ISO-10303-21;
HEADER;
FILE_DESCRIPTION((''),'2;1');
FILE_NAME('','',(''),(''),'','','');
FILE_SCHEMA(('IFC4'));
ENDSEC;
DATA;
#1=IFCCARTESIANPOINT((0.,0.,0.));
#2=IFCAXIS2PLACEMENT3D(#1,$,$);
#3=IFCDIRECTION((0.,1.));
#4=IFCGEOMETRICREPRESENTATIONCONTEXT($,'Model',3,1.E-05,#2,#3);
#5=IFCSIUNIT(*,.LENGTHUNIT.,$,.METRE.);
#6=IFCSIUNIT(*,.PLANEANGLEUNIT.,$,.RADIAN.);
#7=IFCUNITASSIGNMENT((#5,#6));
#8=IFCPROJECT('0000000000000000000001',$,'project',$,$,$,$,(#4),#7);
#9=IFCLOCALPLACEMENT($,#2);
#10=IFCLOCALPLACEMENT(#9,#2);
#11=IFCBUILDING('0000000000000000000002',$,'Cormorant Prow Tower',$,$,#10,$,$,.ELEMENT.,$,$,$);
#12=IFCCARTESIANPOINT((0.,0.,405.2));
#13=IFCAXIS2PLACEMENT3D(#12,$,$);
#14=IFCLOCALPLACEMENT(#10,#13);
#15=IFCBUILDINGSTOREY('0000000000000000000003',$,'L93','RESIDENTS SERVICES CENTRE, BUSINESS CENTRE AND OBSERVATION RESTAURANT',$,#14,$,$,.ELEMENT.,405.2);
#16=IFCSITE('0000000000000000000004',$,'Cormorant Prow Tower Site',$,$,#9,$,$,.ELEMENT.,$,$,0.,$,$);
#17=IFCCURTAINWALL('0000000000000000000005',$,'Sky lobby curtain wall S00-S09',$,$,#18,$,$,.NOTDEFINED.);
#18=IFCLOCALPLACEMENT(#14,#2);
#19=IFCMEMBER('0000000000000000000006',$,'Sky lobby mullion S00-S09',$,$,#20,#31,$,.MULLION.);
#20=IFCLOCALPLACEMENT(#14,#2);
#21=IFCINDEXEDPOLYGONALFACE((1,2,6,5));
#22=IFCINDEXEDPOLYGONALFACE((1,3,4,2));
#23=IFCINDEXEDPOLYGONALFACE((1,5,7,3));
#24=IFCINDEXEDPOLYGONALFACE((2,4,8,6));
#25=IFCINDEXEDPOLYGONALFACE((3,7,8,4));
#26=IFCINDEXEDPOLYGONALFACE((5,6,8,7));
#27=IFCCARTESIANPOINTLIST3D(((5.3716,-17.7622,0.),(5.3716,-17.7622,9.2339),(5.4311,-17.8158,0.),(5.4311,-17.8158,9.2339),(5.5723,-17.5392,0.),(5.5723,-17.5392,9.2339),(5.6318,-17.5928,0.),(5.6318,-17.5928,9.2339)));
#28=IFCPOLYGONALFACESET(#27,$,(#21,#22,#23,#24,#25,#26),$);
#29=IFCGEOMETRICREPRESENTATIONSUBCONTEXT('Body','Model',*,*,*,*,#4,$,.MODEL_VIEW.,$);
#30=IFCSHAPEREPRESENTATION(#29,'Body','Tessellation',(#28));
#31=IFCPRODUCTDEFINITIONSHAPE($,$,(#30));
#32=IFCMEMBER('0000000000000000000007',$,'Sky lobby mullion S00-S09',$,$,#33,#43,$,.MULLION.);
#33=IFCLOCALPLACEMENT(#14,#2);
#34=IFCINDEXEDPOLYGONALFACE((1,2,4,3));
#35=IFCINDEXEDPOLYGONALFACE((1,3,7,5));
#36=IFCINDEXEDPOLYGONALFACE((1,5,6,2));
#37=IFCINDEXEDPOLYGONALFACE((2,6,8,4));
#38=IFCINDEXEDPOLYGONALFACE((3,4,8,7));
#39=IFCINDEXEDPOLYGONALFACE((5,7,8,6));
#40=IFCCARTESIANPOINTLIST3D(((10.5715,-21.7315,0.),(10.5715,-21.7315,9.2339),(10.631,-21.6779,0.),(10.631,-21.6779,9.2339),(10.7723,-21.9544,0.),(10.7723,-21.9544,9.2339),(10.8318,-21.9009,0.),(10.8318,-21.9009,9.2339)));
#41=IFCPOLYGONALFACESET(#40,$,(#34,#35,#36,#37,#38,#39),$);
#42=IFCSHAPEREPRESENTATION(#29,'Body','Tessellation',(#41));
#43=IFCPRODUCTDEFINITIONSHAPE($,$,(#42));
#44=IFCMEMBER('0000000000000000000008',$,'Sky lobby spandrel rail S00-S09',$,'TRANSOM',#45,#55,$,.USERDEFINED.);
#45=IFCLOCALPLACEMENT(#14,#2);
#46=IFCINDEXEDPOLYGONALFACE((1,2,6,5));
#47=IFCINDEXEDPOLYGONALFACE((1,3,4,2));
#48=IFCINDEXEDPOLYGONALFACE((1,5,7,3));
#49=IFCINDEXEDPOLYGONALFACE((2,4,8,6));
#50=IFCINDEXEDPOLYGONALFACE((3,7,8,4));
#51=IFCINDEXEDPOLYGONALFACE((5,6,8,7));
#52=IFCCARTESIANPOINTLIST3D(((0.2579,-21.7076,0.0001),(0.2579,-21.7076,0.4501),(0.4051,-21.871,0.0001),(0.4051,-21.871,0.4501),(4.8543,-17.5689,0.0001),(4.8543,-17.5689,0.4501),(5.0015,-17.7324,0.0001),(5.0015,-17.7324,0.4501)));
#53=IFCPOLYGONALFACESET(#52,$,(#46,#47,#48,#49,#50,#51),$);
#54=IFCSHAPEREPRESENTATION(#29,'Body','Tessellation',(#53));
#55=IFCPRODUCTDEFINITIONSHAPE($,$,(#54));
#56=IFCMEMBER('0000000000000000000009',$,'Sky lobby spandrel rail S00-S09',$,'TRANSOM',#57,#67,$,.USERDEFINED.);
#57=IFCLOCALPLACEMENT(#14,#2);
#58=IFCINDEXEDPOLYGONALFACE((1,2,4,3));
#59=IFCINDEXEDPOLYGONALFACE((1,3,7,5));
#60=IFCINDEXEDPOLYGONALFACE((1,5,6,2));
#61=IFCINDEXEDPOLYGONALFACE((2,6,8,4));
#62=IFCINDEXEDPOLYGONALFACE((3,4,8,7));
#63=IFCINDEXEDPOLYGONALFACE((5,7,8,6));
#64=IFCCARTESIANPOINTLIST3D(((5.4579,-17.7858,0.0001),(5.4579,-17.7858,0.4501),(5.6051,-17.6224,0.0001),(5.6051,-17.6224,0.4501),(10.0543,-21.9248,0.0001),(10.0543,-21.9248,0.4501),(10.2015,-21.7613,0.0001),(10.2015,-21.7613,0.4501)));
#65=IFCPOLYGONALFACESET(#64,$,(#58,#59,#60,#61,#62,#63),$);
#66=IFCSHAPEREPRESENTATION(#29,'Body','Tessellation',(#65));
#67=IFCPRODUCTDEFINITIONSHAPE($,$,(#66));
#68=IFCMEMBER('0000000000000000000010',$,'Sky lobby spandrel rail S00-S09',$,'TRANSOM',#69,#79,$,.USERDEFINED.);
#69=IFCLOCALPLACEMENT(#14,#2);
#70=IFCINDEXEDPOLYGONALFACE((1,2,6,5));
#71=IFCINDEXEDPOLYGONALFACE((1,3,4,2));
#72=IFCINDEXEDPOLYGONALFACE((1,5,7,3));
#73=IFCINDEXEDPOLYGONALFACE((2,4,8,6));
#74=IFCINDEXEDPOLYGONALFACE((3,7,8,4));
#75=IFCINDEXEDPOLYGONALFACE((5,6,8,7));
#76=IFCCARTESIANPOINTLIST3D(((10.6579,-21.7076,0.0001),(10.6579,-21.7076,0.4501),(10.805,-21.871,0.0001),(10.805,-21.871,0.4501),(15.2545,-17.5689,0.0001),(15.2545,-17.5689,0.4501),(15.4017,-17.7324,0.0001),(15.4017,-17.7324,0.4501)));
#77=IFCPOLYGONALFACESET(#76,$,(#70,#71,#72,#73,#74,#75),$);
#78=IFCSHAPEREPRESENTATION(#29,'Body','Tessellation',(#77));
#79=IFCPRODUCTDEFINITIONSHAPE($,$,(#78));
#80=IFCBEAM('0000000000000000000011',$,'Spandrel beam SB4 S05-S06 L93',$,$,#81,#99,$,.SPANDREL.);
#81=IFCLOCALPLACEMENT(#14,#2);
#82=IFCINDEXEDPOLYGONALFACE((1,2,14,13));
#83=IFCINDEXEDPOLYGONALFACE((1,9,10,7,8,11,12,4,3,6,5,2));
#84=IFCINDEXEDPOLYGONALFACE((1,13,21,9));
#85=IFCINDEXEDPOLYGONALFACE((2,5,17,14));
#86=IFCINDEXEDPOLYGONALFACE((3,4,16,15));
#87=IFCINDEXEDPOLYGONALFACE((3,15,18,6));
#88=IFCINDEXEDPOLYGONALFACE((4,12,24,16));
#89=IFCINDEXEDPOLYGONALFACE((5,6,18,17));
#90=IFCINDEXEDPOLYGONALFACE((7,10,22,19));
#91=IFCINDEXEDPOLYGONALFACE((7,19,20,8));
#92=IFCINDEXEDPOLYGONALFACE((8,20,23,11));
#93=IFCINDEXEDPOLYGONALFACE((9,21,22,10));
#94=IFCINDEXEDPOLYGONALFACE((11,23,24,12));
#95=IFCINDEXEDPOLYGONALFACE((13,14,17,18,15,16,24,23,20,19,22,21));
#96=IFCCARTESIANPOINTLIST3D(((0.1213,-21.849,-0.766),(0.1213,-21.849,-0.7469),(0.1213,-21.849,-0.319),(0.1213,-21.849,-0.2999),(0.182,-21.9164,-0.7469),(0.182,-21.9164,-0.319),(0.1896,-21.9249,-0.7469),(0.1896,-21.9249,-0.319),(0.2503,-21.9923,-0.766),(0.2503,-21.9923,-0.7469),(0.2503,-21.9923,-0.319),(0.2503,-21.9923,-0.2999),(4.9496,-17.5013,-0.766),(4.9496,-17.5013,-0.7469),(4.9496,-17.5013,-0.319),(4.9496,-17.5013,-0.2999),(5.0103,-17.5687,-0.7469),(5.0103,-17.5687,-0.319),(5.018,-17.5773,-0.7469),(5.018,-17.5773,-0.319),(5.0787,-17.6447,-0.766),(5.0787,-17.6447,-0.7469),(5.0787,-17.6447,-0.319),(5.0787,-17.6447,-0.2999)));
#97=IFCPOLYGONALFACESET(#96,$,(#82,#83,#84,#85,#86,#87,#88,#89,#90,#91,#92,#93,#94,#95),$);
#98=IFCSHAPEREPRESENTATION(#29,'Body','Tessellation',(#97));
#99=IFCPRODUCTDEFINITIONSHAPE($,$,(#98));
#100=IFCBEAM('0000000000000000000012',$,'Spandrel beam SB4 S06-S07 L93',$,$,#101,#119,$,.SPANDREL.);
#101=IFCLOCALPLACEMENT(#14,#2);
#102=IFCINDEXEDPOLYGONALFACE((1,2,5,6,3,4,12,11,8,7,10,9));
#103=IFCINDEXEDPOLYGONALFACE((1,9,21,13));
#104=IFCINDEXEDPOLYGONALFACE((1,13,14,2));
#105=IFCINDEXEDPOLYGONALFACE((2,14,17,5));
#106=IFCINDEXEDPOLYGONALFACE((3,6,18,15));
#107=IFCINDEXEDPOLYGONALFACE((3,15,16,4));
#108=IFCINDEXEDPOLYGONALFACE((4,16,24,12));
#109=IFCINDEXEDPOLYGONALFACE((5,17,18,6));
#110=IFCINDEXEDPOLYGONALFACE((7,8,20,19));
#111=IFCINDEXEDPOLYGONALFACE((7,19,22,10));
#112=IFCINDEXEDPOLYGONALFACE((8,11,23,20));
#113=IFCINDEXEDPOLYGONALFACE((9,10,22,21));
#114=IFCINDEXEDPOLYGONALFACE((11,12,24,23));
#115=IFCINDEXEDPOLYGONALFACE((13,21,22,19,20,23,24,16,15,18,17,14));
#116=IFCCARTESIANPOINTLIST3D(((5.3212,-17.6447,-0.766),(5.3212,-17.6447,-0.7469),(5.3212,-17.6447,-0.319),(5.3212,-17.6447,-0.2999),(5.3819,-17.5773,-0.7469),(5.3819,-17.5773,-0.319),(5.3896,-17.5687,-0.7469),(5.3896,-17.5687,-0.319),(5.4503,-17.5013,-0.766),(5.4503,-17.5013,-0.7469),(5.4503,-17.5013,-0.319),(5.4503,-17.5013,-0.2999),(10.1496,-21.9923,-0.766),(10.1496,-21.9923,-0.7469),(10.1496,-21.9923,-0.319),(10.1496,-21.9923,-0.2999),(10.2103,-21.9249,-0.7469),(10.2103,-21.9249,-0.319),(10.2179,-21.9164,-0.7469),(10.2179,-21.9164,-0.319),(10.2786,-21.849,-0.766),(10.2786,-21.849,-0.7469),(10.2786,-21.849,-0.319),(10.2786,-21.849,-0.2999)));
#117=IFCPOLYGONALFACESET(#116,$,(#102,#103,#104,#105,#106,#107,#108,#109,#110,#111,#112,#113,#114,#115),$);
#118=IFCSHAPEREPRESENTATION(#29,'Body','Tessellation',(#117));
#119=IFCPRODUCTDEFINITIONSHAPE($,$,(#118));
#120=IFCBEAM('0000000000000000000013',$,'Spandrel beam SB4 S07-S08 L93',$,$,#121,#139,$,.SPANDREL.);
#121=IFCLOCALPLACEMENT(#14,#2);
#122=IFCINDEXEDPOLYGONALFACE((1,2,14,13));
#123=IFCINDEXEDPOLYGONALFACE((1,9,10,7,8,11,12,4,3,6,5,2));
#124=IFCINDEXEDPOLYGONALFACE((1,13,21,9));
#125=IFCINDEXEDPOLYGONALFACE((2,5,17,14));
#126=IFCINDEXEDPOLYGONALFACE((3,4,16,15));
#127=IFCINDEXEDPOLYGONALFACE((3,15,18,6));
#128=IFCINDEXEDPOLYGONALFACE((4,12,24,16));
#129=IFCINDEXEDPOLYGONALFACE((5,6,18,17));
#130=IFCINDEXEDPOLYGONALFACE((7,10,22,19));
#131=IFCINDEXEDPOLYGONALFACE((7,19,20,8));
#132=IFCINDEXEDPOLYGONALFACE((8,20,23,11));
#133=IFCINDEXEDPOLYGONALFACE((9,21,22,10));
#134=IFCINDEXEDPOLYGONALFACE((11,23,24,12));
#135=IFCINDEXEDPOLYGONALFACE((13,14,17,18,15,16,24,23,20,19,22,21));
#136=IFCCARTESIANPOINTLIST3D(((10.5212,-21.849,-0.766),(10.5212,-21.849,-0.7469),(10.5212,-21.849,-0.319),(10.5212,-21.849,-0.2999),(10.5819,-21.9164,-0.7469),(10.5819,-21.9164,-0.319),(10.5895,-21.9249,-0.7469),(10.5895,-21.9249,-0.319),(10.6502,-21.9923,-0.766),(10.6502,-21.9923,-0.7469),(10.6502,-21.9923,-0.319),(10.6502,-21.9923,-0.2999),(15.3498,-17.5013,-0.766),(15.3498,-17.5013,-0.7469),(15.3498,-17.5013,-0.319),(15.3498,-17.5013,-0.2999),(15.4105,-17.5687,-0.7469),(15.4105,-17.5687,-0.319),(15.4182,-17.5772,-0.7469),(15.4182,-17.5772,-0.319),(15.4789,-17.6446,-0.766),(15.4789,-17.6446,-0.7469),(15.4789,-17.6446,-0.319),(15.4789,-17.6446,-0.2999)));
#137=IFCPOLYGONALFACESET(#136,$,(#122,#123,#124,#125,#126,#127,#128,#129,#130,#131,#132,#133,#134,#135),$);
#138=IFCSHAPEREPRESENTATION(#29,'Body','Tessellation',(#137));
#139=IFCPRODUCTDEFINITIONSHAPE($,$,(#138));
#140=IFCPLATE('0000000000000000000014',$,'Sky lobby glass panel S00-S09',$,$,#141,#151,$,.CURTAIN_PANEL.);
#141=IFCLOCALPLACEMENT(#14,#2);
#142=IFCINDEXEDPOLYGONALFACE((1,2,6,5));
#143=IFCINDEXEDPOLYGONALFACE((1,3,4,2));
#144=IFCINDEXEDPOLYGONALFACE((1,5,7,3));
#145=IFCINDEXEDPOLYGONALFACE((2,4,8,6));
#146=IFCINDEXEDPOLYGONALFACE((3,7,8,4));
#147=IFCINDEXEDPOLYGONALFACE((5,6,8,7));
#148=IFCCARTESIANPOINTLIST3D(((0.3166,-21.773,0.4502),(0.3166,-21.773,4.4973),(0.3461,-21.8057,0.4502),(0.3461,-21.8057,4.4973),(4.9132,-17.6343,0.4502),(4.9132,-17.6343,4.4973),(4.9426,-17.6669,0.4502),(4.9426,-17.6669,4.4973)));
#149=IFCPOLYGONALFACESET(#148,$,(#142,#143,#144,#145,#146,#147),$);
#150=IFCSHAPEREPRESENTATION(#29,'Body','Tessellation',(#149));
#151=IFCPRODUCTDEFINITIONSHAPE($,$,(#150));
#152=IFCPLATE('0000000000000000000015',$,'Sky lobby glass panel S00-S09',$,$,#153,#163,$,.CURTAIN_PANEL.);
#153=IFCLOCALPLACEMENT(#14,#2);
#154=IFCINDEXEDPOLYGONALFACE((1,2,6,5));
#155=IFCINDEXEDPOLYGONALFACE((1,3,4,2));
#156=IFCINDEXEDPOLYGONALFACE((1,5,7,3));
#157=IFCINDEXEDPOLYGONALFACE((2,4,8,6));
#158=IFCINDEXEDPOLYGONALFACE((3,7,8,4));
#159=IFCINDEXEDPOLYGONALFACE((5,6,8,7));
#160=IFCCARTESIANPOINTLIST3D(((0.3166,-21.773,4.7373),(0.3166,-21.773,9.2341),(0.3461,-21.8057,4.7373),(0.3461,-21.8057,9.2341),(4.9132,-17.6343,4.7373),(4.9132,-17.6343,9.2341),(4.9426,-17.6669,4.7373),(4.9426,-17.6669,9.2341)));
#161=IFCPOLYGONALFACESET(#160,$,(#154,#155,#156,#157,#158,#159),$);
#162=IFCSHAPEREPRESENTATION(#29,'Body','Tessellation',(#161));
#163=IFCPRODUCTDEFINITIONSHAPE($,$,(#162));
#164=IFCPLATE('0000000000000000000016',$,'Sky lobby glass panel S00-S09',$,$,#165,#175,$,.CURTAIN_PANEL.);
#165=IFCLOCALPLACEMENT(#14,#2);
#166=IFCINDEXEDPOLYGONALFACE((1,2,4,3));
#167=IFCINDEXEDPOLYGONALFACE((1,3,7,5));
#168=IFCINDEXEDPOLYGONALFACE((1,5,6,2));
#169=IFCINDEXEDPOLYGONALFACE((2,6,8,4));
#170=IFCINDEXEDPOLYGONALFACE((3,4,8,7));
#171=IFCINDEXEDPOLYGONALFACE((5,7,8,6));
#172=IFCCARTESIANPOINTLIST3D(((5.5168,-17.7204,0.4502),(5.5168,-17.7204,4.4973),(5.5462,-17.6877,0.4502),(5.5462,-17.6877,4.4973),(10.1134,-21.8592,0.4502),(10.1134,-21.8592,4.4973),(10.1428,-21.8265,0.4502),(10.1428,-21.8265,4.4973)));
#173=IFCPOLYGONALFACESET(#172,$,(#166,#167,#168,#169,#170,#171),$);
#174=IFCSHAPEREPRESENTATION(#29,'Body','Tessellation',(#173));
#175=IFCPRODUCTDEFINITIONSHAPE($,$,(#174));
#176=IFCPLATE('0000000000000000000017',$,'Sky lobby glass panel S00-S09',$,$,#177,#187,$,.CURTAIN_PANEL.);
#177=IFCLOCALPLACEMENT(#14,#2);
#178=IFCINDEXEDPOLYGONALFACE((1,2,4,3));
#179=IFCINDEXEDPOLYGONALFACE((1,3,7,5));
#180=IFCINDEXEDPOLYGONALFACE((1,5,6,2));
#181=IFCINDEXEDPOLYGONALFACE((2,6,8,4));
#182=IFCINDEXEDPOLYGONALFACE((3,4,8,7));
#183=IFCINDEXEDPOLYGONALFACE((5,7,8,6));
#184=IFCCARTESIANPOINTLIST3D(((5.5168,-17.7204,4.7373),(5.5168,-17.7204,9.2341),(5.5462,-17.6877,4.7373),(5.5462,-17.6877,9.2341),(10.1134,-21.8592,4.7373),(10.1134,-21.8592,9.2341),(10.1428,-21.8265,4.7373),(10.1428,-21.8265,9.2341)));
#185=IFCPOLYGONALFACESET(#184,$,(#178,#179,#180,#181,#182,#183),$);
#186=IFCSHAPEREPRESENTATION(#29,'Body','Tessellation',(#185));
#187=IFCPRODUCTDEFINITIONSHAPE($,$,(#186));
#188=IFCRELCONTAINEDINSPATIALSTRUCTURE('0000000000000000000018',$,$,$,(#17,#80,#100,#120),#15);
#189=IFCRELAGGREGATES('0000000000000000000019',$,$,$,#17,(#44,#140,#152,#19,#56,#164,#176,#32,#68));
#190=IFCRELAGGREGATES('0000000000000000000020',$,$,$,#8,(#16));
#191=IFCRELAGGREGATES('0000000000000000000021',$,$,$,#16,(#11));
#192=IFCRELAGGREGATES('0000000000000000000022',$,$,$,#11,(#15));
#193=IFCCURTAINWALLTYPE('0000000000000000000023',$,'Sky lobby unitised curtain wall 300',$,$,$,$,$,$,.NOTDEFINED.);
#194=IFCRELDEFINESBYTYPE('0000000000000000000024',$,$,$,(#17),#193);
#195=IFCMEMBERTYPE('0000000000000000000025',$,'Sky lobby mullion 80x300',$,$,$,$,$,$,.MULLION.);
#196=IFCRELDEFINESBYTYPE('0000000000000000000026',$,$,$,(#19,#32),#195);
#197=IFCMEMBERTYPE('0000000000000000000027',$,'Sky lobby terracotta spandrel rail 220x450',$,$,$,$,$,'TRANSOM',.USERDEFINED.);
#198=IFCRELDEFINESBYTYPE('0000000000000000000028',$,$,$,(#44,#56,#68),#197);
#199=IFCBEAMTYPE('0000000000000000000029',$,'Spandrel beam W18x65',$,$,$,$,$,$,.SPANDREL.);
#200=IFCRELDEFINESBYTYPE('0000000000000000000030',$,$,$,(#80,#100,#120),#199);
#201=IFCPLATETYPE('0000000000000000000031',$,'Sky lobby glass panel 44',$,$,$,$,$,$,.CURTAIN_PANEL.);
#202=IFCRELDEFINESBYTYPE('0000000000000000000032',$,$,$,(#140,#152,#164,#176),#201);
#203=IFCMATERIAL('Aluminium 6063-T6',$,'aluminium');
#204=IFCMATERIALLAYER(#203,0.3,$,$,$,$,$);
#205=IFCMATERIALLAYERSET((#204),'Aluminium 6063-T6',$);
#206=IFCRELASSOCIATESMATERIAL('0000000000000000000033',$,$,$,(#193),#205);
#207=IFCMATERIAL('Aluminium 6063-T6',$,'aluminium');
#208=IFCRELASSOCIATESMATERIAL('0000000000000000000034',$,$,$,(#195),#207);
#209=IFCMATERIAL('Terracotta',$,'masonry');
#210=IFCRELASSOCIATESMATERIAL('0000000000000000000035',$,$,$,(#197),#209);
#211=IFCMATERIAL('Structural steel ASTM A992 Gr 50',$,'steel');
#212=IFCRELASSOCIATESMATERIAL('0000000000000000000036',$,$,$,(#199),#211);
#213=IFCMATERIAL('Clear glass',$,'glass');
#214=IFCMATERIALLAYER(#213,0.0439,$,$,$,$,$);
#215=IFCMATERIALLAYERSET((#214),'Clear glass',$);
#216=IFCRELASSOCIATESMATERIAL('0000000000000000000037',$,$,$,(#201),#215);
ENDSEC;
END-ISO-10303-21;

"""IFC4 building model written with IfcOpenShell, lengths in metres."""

from ifc_helpers import new_model, si_unit, direction, frame, origin, origin_2d, place, context, subcontext, project, spatial, rectangle, i_section, extrude, material, layer, layer_set, material_profile, profile_set, type_object, element, aggregate, save


model = new_model("IFC4")

# Units and contexts
model_context = context("Model", 3, precision=1e-05, world=origin(), true_north=direction((0.0, 1.0)))
body_context = subcontext(model_context, "Body", "Model", "MODEL_VIEW")
ifc_project = project(units=[si_unit("LENGTHUNIT", "METRE"), si_unit("PLANEANGLEUNIT", "RADIAN")], contexts=[model_context])

# Site, building, storey
site_placement = place(None, origin())
site = spatial("IfcSite", under=ifc_project, at=site_placement, Name="Cormorant Prow Tower Site", CompositionType="ELEMENT", RefElevation=0.0)
building_placement = place(site_placement, origin())
building = spatial("IfcBuilding", under=site, at=building_placement, Name="Cormorant Prow Tower", CompositionType="ELEMENT")
storey_placement = place(building_placement, frame((0.0, 0.0, 405.2)))
storey = spatial("IfcBuildingStorey", under=building, at=storey_placement, Name="L93", Description="RESIDENTS SERVICES CENTRE, BUSINESS CENTRE AND OBSERVATION RESTAURANT", CompositionType="ELEMENT", Elevation=405.2)

# Curtain wall, members
ifc_material_1 = material(Name="Aluminium 6063-T6", Category="aluminium")
ifc_layer_1 = layer(ifc_material_1, 0.3)
ifc_layer_set_1 = layer_set([ifc_layer_1], Name="Aluminium 6063-T6")
curtain_wall_type = type_object("IfcCurtainWallType", Name="Sky lobby unitised curtain wall 300", PredefinedType="NOTDEFINED", material=ifc_layer_set_1)
curtain_wall_placement = place(storey_placement, origin())
curtain_wall = element("IfcCurtainWall", 1, at=curtain_wall_placement, inside=storey, type_object=curtain_wall_type, Name="Sky lobby curtain wall S00-S09", PredefinedType="NOTDEFINED")
ifc_material_2 = material(Name="Aluminium 6063-T6", Category="aluminium")
ifc_material_profile_1 = material_profile(ifc_material_2, rectangle(XDim=0.3, YDim=0.0801, at=origin_2d()), Name="Sky lobby mullion 80x300")
ifc_profile_set_1 = profile_set([ifc_material_profile_1], Name="Aluminium 6063-T6")
member_type_1 = type_object("IfcMemberType", Name="Sky lobby mullion 80x300", PredefinedType="MULLION", material=ifc_profile_set_1)
member_1_placement = place(storey_placement, frame((5.5017, -17.6775, 0.0), z_axis=(0.0, 0.0, 1.0), x_axis=(0.669131, 0.743145, 0.0)))
member_1 = element("IfcMember", 2, at=member_1_placement, type_object=member_type_1, Name="Sky lobby mullion S00-S09", PredefinedType="MULLION", context=body_context, shape_type="SweptSolid", body=[
    extrude(rectangle(XDim=0.3, YDim=0.0801, at=origin_2d()), origin(), (0.0, 0.0, 1.0), 9.2339),
])
member_2_placement = place(storey_placement, frame((10.7017, -21.8162, 0.0), z_axis=(0.0, 0.0, 1.0), x_axis=(-0.669131, 0.743145, 0.0)))
member_2 = element("IfcMember", 3, at=member_2_placement, type_object=member_type_1, Name="Sky lobby mullion S00-S09", PredefinedType="MULLION", context=body_context, shape_type="SweptSolid", body=[
    extrude(rectangle(XDim=0.3, YDim=0.0801, at=origin_2d()), origin(), (0.0, 0.0, 1.0), 9.2339),
])
ifc_material_3 = material(Name="Terracotta", Category="masonry")
ifc_material_profile_2 = material_profile(ifc_material_3, rectangle(XDim=0.22, YDim=0.45, at=origin_2d()), Name="Sky lobby terracotta spandrel rail 220x450")
ifc_profile_set_2 = profile_set([ifc_material_profile_2], Name="Terracotta")
member_type_2 = type_object("IfcMemberType", Name="Sky lobby terracotta spandrel rail 220x450", ElementType="TRANSOM", PredefinedType="USERDEFINED", material=ifc_profile_set_2)
member_3_placement = place(storey_placement, frame((0.3315, -21.7893, 0.2251), z_axis=(0.743143, 0.669133, 0.0), x_axis=(-0.669133, 0.743143, 0.0)))
member_3 = element("IfcMember", 4, at=member_3_placement, type_object=member_type_2, Name="Sky lobby spandrel rail S00-S09", ObjectType="TRANSOM", PredefinedType="USERDEFINED", context=body_context, shape_type="SweptSolid", body=[
    extrude(rectangle(XDim=0.22, YDim=0.45, at=origin_2d()), origin(), (0.0, 0.0, 1.0), 6.1851),
])
member_4_placement = place(storey_placement, frame((5.5315, -17.7041, 0.2251), z_axis=(0.743123, -0.669154, 0.0), x_axis=(0.669154, 0.743123, 0.0)))
member_4 = element("IfcMember", 5, at=member_4_placement, type_object=member_type_2, Name="Sky lobby spandrel rail S00-S09", ObjectType="TRANSOM", PredefinedType="USERDEFINED", context=body_context, shape_type="SweptSolid", body=[
    extrude(rectangle(XDim=0.22, YDim=0.45, at=origin_2d()), origin(), (0.0, 0.0, 1.0), 6.1853),
])
member_5_placement = place(storey_placement, frame((10.7314, -21.7893, 0.2251), z_axis=(0.743161, 0.669113, 0.0), x_axis=(-0.669113, 0.743161, 0.0)))
member_5 = element("IfcMember", 6, at=member_5_placement, type_object=member_type_2, Name="Sky lobby spandrel rail S00-S09", ObjectType="TRANSOM", PredefinedType="USERDEFINED", context=body_context, shape_type="SweptSolid", body=[
    extrude(rectangle(XDim=0.22, YDim=0.45, at=origin_2d()), origin(), (0.0, 0.0, 1.0), 6.1853),
])

# Beams
ifc_material_4 = material(Name="Structural steel ASTM A992 Gr 50", Category="steel")
ifc_material_profile_3 = material_profile(ifc_material_4, i_section(OverallWidth=0.1929, OverallDepth=0.4661, WebThickness=0.0115, FlangeThickness=0.019, at=origin_2d()), Name="W18x65")
ifc_profile_set_3 = profile_set([ifc_material_profile_3], Name="Structural steel ASTM A992 Gr 50")
beam_type_1 = type_object("IfcBeamType", Name="Spandrel beam W18x65", PredefinedType="SPANDREL", material=ifc_profile_set_3)
for number, where, z_axis, x_axis, name in (
    (7, (0.1858, -21.9207, -0.533), (0.743132, 0.669145, 0.0), (-0.669145, 0.743132, 0.0), "Spandrel beam SB4 S05-S06 L93"),
    (8, (5.3857, -17.573, -0.533), (0.743132, -0.669145, 0.0), (0.669145, 0.743132, 0.0), "Spandrel beam SB4 S06-S07 L93"),
):
    element("IfcBeam", number, at=place(storey_placement, frame(where, z_axis=z_axis, x_axis=x_axis)), inside=storey, type_object=beam_type_1, Name=name, PredefinedType="SPANDREL", context=body_context, shape_type="SweptSolid", body=[
        extrude(i_section(OverallWidth=0.1929, OverallDepth=0.4661, WebThickness=0.0115, FlangeThickness=0.019, at=origin_2d()), origin(), (0.0, 0.0, 1.0), 6.4973),
    ])
beam_1_placement = place(storey_placement, frame((10.5857, -21.9207, -0.533), z_axis=(0.743148, 0.669127, 0.0), x_axis=(-0.669127, 0.743148, 0.0)))
element("IfcBeam", 9, at=beam_1_placement, inside=storey, type_object=beam_type_1, Name="Spandrel beam SB4 S07-S08 L93", PredefinedType="SPANDREL", context=body_context, shape_type="SweptSolid", body=[
    extrude(i_section(OverallWidth=0.1929, OverallDepth=0.4661, WebThickness=0.0115, FlangeThickness=0.019, at=origin_2d()), origin(), (0.0, 0.0, 1.0), 6.4976),
])

# Plates
ifc_material_5 = material(Name="Clear glass", Category="glass")
ifc_layer_2 = layer(ifc_material_5, 0.0439)
ifc_layer_set_2 = layer_set([ifc_layer_2], Name="Clear glass")
plate_type = type_object("IfcPlateType", Name="Sky lobby glass panel 44", PredefinedType="CURTAIN_PANEL", material=ifc_layer_set_2)
plate_1_placement = place(storey_placement, frame((2.6296, -19.72, 0.4502), z_axis=(0.0, 0.0, 1.0), x_axis=(0.743145, 0.669131, 0.0)))
plate_1 = element("IfcPlate", 10, at=plate_1_placement, type_object=plate_type, Name="Sky lobby glass panel S00-S09", PredefinedType="CURTAIN_PANEL", context=body_context, shape_type="SweptSolid", body=[
    extrude(rectangle(XDim=6.1853, YDim=0.0439, at=origin_2d()), origin(), (0.0, 0.0, 1.0), 4.0471),
])
plate_2_placement = place(storey_placement, frame((2.6296, -19.72, 4.7373), z_axis=(0.0, 0.0, 1.0), x_axis=(0.743145, 0.669131, 0.0)))
plate_2 = element("IfcPlate", 11, at=plate_2_placement, type_object=plate_type, Name="Sky lobby glass panel S00-S09", PredefinedType="CURTAIN_PANEL", context=body_context, shape_type="SweptSolid", body=[
    extrude(rectangle(XDim=6.1853, YDim=0.0439, at=origin_2d()), origin(), (0.0, 0.0, 1.0), 4.4968),
])
plate_3_placement = place(storey_placement, frame((7.8298, -19.7734, 0.4502), z_axis=(0.0, 0.0, 1.0), x_axis=(0.743145, -0.669131, 0.0)))
plate_3 = element("IfcPlate", 12, at=plate_3_placement, type_object=plate_type, Name="Sky lobby glass panel S00-S09", PredefinedType="CURTAIN_PANEL", context=body_context, shape_type="SweptSolid", body=[
    extrude(rectangle(XDim=6.1853, YDim=0.0439, at=origin_2d()), origin(), (0.0, 0.0, 1.0), 4.0471),
])
plate_4_placement = place(storey_placement, frame((7.8298, -19.7734, 4.7373), z_axis=(0.0, 0.0, 1.0), x_axis=(0.743145, -0.669131, 0.0)))
plate_4 = element("IfcPlate", 13, at=plate_4_placement, type_object=plate_type, Name="Sky lobby glass panel S00-S09", PredefinedType="CURTAIN_PANEL", context=body_context, shape_type="SweptSolid", body=[
    extrude(rectangle(XDim=6.1853, YDim=0.0439, at=origin_2d()), origin(), (0.0, 0.0, 1.0), 4.4968),
])
aggregate(curtain_wall, [member_3, plate_1, plate_2, member_1, member_4, plate_3, plate_4, member_2, member_5])

save(model, "model.ifc")
